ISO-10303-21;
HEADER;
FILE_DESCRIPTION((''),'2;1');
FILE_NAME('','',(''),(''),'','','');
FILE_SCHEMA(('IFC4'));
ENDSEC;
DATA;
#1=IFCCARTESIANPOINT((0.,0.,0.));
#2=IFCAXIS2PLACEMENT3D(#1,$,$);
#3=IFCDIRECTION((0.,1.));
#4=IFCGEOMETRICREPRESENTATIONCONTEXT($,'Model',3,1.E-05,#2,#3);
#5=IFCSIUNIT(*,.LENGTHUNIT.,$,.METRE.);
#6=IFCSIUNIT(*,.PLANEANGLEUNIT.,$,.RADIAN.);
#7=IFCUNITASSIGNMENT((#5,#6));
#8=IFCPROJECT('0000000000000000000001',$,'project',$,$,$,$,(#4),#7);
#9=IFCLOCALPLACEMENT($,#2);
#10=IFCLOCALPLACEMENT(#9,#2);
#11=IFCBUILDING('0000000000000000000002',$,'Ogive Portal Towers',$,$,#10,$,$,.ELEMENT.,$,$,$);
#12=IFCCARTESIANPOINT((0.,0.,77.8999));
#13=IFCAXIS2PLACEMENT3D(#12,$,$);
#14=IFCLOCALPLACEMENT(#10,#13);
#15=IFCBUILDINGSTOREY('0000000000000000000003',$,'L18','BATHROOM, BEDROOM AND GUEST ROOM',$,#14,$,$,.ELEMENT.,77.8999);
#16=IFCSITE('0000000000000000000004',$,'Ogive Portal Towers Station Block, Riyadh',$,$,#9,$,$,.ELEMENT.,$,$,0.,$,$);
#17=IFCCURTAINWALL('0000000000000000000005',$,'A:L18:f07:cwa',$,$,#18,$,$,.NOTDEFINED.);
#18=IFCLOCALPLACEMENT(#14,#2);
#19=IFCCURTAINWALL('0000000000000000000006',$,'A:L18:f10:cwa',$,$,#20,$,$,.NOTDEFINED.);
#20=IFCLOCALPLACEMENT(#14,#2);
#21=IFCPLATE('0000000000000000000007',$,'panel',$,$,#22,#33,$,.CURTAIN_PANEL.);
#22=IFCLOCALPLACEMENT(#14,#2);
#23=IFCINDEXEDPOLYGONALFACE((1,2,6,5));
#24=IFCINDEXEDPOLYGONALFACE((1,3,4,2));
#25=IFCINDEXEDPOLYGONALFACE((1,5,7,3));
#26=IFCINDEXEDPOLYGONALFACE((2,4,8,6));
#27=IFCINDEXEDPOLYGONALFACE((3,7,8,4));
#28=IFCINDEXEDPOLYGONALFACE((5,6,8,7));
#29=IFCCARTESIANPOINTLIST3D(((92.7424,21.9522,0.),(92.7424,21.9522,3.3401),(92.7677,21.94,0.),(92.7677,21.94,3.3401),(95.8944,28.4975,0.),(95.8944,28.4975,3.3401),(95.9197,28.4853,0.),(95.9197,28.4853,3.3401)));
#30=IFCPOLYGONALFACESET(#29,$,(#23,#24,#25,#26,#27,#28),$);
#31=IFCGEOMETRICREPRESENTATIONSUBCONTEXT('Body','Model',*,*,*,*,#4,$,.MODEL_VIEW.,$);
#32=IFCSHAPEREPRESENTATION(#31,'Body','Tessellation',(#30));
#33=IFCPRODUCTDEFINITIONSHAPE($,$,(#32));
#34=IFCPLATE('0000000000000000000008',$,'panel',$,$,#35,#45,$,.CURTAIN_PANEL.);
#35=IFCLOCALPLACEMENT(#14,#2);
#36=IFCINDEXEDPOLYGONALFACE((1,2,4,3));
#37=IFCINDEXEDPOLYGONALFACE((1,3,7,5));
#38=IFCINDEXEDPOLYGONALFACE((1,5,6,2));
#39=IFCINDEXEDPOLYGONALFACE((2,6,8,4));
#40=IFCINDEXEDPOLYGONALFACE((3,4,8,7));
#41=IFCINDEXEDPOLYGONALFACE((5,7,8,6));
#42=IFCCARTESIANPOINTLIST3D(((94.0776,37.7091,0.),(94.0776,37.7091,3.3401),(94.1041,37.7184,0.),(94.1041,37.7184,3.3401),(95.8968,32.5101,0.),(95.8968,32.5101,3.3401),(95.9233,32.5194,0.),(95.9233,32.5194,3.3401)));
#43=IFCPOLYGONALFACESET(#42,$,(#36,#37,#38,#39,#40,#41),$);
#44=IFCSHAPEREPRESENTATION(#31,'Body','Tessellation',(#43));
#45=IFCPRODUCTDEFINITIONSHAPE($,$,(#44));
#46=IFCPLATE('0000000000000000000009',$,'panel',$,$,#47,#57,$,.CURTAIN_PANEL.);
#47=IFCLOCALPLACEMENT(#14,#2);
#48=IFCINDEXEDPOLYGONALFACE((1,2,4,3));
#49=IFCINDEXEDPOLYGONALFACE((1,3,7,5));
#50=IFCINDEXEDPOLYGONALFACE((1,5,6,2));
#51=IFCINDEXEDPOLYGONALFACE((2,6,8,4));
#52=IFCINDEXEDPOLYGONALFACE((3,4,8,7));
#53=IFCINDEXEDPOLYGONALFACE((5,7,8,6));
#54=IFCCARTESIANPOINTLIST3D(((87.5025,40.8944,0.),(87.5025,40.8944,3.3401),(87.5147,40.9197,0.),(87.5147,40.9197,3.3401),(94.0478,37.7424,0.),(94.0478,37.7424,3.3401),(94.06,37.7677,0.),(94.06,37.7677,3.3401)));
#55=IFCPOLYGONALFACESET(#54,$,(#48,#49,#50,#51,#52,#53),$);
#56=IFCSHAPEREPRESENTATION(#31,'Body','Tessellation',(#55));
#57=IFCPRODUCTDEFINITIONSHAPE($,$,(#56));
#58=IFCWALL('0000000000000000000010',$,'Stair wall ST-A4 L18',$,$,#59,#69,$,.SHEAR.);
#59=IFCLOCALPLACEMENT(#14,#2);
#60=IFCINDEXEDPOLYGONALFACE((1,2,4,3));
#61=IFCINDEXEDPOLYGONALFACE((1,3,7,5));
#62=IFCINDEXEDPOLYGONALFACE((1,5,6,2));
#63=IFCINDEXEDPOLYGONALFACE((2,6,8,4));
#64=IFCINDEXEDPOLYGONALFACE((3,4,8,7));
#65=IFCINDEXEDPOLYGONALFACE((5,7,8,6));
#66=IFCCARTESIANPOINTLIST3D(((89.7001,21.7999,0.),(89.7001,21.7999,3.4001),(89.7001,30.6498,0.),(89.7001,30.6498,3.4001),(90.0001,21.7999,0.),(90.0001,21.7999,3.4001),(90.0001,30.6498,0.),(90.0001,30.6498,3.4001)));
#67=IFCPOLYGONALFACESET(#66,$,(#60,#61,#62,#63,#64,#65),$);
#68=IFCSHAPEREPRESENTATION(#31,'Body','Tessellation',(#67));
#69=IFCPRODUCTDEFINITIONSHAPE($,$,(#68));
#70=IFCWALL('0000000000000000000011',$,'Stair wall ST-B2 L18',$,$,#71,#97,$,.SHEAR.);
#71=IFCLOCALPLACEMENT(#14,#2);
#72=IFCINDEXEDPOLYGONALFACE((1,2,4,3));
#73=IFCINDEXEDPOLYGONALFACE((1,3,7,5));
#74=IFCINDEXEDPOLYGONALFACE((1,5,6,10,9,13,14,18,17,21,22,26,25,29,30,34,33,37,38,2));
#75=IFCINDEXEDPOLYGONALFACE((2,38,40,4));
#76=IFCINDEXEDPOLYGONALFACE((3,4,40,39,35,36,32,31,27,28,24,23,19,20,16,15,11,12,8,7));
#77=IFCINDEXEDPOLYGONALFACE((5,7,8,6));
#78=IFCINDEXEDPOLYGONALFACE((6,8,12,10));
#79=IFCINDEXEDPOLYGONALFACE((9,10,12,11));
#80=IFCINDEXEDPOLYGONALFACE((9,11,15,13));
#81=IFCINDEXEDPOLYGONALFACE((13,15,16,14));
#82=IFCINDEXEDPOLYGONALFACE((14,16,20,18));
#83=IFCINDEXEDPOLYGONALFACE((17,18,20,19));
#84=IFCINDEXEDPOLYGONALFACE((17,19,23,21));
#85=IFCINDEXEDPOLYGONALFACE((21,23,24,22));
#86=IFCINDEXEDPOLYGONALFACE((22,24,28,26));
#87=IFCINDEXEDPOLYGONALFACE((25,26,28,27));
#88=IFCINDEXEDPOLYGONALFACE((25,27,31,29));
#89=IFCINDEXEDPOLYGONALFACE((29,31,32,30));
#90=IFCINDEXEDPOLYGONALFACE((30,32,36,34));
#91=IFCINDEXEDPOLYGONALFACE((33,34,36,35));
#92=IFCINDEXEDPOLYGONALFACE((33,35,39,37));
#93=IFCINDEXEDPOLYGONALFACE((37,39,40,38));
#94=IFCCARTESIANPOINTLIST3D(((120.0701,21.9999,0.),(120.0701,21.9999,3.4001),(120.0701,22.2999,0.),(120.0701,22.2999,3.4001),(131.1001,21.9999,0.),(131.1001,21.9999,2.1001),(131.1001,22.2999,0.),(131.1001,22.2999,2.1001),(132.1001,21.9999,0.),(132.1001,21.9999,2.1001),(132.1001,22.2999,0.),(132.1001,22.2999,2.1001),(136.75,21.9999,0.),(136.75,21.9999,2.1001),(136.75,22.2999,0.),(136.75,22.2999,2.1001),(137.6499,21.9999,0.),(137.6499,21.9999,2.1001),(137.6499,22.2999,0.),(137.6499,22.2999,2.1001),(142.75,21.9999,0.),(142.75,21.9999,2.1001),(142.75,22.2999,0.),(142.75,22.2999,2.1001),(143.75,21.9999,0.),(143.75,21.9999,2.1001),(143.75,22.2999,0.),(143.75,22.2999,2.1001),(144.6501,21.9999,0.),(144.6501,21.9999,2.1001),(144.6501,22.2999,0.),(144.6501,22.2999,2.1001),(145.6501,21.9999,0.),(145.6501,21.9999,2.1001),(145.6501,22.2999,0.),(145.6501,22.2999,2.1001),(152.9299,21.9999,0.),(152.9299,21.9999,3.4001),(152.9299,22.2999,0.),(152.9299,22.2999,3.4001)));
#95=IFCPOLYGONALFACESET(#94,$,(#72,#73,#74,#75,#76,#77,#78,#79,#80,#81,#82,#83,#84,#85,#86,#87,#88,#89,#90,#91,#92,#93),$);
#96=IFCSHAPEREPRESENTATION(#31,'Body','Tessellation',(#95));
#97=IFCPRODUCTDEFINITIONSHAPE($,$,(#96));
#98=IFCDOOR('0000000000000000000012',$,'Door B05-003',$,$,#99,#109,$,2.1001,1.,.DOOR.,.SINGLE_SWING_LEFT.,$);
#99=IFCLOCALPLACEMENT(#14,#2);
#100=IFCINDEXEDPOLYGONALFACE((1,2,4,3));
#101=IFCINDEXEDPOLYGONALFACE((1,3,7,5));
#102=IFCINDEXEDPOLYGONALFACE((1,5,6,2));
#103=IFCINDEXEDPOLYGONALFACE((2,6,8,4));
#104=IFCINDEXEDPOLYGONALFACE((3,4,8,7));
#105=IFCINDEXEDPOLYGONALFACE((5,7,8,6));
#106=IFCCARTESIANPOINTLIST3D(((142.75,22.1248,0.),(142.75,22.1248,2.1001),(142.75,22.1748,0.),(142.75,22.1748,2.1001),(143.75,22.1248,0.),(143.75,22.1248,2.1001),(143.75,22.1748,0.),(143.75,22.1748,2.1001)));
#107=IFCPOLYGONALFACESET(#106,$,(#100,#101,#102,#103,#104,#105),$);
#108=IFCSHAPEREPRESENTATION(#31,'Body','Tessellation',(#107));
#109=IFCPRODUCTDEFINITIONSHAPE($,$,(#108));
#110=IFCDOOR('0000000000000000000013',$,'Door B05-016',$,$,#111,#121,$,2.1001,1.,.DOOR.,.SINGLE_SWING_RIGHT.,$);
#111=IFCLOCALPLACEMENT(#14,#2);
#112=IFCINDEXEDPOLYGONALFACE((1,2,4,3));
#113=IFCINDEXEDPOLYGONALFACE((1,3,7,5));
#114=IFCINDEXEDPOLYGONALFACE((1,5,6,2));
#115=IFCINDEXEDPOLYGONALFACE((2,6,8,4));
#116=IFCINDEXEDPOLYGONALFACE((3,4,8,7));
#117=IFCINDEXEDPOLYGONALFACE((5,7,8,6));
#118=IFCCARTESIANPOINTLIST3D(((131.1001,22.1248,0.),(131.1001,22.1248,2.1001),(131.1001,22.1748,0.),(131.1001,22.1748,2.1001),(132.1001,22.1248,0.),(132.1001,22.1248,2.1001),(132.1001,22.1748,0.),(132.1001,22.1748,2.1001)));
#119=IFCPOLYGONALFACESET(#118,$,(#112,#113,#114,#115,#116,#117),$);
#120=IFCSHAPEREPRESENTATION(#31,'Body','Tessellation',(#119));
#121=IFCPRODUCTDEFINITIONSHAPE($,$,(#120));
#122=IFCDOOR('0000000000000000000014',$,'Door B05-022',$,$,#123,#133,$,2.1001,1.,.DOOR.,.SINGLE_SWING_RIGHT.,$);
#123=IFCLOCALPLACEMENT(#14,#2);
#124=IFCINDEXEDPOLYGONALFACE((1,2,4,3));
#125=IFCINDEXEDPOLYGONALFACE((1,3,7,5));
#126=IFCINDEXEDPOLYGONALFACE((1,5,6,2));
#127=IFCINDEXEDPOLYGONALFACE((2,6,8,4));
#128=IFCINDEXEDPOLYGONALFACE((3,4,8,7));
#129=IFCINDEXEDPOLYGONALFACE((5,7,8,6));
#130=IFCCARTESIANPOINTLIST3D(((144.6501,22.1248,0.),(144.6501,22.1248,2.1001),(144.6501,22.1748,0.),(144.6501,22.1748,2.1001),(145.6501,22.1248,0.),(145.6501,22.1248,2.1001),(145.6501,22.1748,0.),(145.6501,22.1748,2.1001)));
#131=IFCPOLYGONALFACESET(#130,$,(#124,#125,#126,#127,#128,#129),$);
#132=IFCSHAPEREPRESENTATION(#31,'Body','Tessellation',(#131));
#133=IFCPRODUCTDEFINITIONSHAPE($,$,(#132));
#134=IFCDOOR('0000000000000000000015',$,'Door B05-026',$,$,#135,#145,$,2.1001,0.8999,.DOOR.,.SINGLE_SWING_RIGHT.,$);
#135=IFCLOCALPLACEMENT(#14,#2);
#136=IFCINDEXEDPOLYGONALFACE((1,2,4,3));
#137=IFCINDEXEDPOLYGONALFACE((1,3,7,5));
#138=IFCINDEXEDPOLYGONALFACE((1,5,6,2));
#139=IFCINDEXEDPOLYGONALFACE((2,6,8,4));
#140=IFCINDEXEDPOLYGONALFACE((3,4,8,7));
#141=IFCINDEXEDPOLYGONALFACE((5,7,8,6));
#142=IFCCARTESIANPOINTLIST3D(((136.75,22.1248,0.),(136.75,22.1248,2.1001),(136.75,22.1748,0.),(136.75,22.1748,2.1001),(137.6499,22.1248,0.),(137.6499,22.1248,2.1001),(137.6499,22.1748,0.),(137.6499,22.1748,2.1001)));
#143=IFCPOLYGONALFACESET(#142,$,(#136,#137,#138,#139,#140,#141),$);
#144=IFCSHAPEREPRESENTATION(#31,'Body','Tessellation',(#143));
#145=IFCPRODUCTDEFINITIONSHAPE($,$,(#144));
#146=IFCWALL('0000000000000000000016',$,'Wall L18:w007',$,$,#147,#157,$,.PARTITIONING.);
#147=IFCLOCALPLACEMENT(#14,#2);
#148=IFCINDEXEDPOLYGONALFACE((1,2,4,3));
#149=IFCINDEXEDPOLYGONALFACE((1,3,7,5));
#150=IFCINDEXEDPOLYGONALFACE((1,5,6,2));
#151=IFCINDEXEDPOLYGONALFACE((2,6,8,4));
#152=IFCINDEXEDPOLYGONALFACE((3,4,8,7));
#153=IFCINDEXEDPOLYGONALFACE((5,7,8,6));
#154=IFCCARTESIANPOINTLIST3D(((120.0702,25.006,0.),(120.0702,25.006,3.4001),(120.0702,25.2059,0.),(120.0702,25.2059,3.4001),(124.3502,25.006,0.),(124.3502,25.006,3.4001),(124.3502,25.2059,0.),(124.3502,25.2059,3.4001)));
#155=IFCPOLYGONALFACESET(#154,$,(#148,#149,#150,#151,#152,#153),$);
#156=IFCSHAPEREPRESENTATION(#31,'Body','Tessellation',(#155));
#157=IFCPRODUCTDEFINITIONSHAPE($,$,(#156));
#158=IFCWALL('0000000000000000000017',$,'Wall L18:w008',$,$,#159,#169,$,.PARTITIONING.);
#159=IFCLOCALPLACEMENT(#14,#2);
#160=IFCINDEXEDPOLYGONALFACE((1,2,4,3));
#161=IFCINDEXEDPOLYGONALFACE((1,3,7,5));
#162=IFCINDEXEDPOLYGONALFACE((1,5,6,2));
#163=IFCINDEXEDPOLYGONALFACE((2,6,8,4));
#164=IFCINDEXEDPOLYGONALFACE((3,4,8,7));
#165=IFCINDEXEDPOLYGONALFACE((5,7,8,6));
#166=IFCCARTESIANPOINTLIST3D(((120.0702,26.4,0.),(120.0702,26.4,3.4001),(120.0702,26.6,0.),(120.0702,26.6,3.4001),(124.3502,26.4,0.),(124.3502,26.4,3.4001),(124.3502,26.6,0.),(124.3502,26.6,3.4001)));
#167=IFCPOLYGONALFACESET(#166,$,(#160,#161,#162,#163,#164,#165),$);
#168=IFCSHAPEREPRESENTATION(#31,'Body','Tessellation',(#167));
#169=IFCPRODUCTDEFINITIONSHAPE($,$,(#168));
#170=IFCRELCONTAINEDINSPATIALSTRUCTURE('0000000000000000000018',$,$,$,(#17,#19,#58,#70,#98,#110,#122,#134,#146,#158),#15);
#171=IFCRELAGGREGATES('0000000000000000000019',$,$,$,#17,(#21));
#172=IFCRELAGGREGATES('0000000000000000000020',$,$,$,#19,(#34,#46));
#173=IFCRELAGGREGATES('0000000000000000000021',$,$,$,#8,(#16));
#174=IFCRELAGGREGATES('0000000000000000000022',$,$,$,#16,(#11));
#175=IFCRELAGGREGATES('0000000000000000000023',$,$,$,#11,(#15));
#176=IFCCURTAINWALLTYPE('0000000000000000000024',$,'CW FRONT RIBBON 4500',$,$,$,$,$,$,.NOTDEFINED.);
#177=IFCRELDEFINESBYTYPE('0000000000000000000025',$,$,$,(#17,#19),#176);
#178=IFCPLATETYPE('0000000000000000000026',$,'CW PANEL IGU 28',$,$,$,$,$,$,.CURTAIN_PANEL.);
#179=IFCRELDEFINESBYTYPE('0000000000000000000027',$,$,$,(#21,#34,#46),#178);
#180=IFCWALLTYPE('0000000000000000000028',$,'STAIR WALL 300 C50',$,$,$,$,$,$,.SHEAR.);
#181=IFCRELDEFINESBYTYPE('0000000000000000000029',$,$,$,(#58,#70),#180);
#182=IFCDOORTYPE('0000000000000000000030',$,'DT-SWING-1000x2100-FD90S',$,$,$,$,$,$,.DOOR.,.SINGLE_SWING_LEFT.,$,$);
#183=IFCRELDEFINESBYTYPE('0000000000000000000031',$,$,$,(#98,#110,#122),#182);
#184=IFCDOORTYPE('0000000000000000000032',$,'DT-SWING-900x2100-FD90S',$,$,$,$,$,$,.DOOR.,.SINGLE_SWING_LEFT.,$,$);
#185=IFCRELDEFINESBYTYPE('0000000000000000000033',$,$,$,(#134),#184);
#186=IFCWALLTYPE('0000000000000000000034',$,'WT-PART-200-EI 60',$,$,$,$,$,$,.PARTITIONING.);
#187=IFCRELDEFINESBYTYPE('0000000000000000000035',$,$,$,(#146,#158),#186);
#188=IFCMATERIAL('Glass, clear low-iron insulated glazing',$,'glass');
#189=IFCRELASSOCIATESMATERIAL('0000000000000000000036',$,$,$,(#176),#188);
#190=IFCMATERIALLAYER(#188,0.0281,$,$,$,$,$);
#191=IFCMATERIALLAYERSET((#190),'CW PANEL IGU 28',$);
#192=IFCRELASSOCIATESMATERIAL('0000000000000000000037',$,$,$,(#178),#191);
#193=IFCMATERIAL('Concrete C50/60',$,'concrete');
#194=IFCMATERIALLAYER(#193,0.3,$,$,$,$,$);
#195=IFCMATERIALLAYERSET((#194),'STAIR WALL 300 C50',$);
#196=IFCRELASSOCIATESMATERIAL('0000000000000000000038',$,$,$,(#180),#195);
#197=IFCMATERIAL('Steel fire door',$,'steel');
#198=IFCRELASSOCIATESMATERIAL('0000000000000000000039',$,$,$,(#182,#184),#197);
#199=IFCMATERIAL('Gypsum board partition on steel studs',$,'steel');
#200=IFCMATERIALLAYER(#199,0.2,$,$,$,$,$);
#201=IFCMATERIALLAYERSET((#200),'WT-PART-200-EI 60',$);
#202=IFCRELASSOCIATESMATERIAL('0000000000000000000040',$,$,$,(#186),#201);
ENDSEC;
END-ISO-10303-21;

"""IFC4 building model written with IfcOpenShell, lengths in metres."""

from ifc_helpers import new_model, si_unit, direction, frame, frame_2d, origin, origin_2d, place, context, subcontext, project, spatial, rectangle, extrude, material, layer, layer_set, type_object, element, fill, aggregate, save


model = new_model("IFC4")

# Units and contexts
model_context = context("Model", 3, precision=1e-05, world=origin(), true_north=direction((0.0, 1.0)))
body_context = subcontext(model_context, "Body", "Model", "MODEL_VIEW")
ifc_project = project(units=[si_unit("LENGTHUNIT", "METRE"), si_unit("PLANEANGLEUNIT", "RADIAN")], contexts=[model_context])

# Site, building, storey
site_placement = place(None, origin())
site = spatial("IfcSite", under=ifc_project, at=site_placement, Name="Ogive Portal Towers Station Block, Riyadh", CompositionType="ELEMENT", RefElevation=0.0)
building_placement = place(site_placement, origin())
building = spatial("IfcBuilding", under=site, at=building_placement, Name="Ogive Portal Towers", CompositionType="ELEMENT")
storey_placement = place(building_placement, frame((0.0, 0.0, 77.8999)))
storey = spatial("IfcBuildingStorey", under=building, at=storey_placement, Name="L18", Description="BATHROOM, BEDROOM AND GUEST ROOM", CompositionType="ELEMENT", Elevation=77.8999)

# Shared definitions
ifc_material_1 = material(Name="Glass, clear low-iron insulated glazing", Category="glass")
curtain_wall_type = type_object("IfcCurtainWallType", Name="CW FRONT RIBBON 4500", PredefinedType="NOTDEFINED", material=ifc_material_1)

# Curtain walls
curtain_wall_1_placement = place(storey_placement, origin())
curtain_wall_1 = element("IfcCurtainWall", 1, at=curtain_wall_1_placement, inside=storey, type_object=curtain_wall_type, Name="A:L18:f07:cwa", PredefinedType="NOTDEFINED")
curtain_wall_2_placement = place(storey_placement, origin())
curtain_wall_2 = element("IfcCurtainWall", 2, at=curtain_wall_2_placement, inside=storey, type_object=curtain_wall_type, Name="A:L18:f10:cwa", PredefinedType="NOTDEFINED")

# Plates
ifc_layer_1 = layer(ifc_material_1, 0.0281)
ifc_layer_set_1 = layer_set([ifc_layer_1], Name="CW PANEL IGU 28")
plate_type = type_object("IfcPlateType", Name="CW PANEL IGU 28", PredefinedType="CURTAIN_PANEL", material=ifc_layer_set_1)
plate_1_placement = place(storey_placement, frame((94.3311, 25.2188, 0.0), z_axis=(0.0, 0.0, 1.0), x_axis=(0.433884, 0.900969, 0.0)))
plate_1 = element("IfcPlate", 3, at=plate_1_placement, type_object=plate_type, Name="panel", PredefinedType="CURTAIN_PANEL", context=body_context, shape_type="SweptSolid", body=[
    extrude(rectangle(XDim=7.2646, YDim=0.0281, at=origin_2d()), origin(), (0.0, 0.0, 1.0), 3.3401),
])
aggregate(curtain_wall_1, [plate_1])
plate_2_placement = place(storey_placement, frame((95.0005, 35.1143, 0.0), z_axis=(0.0, 0.0, 1.0), x_axis=(-0.330279, 0.943883, 0.0)))
plate_2 = element("IfcPlate", 4, at=plate_2_placement, type_object=plate_type, Name="panel", PredefinedType="CURTAIN_PANEL", context=body_context, shape_type="SweptSolid", body=[
    extrude(rectangle(XDim=5.5081, YDim=0.0281, at=origin_2d()), origin(), (0.0, 0.0, 1.0), 3.3401),
])
plate_3_placement = place(storey_placement, frame((90.7812, 39.3311, 0.0), z_axis=(0.0, 0.0, 1.0), x_axis=(-0.900969, 0.433884, 0.0)))
plate_3 = element("IfcPlate", 5, at=plate_3_placement, type_object=plate_type, Name="panel", PredefinedType="CURTAIN_PANEL", context=body_context, shape_type="SweptSolid", body=[
    extrude(rectangle(XDim=7.2646, YDim=0.0281, at=origin_2d()), origin(), (0.0, 0.0, 1.0), 3.3401),
])
aggregate(curtain_wall_2, [plate_2, plate_3])

# Wall
ifc_material_2 = material(Name="Concrete C50/60", Category="concrete")
ifc_layer_2 = layer(ifc_material_2, 0.3)
ifc_layer_set_2 = layer_set([ifc_layer_2], Name="STAIR WALL 300 C50")
wall_type_1 = type_object("IfcWallType", Name="STAIR WALL 300 C50", PredefinedType="SHEAR", material=ifc_layer_set_2)
wall_1_placement = place(storey_placement, frame((89.8501, 21.8, 0.0), z_axis=(0.0, 0.0, 1.0), x_axis=(0.0, 1.0, 0.0)))
element("IfcWall", 6, at=wall_1_placement, inside=storey, type_object=wall_type_1, Name="Stair wall ST-A4 L18", PredefinedType="SHEAR", context=body_context, shape_type="SweptSolid", body=[
    extrude(rectangle(XDim=8.8499, YDim=0.3, at=frame_2d((4.4248, 0.0))), origin(), (0.0, 0.0, 1.0), 3.4001),
])

# Wall, openings, doors
wall_2_placement = place(storey_placement, frame((120.0701, 22.1499, 0.0), z_axis=(0.0, 0.0, 1.0), x_axis=(1.0, 0.0, 0.0)))
wall_2 = element("IfcWall", 7, at=wall_2_placement, inside=storey, type_object=wall_type_1, Name="Stair wall ST-B2 L18", PredefinedType="SHEAR", context=body_context, shape_type="SweptSolid", body=[
    extrude(rectangle(XDim=32.8599, YDim=0.3, at=frame_2d((16.4299, 0.0))), origin(), (0.0, 0.0, 1.0), 3.4001),
])
opening_1_placement = place(wall_2_placement, frame((22.6799, 0.0, 0.0)))
opening_1 = element("IfcOpeningElement", 8, at=opening_1_placement, cuts=wall_2, PredefinedType="OPENING", context=body_context, shape_type="SweptSolid", body=[
    extrude(rectangle(XDim=1.0, YDim=2.1001, at=frame_2d((0.5, 1.05))), frame((0.0, 0.1602, 0.0), z_axis=(0.0, -1.0, 0.0), x_axis=(1.0, 0.0, 0.0)), (0.0, 0.0, 1.0), 0.3201),
])
opening_2_placement = place(wall_2_placement, frame((11.03, 0.0, 0.0)))
opening_2 = element("IfcOpeningElement", 9, at=opening_2_placement, cuts=wall_2, PredefinedType="OPENING", context=body_context, shape_type="SweptSolid", body=[
    extrude(rectangle(XDim=1.0, YDim=2.1001, at=frame_2d((0.5, 1.05))), frame((0.0, 0.1602, 0.0), z_axis=(0.0, -1.0, 0.0), x_axis=(1.0, 0.0, 0.0)), (0.0, 0.0, 1.0), 0.3201),
])
opening_3_placement = place(wall_2_placement, frame((24.5801, 0.0, 0.0)))
opening_3 = element("IfcOpeningElement", 10, at=opening_3_placement, cuts=wall_2, PredefinedType="OPENING", context=body_context, shape_type="SweptSolid", body=[
    extrude(rectangle(XDim=1.0, YDim=2.1001, at=frame_2d((0.5, 1.05))), frame((0.0, 0.1602, 0.0), z_axis=(0.0, -1.0, 0.0), x_axis=(1.0, 0.0, 0.0)), (0.0, 0.0, 1.0), 0.3201),
])
opening_4_placement = place(wall_2_placement, frame((16.6799, 0.0, 0.0)))
opening_4 = element("IfcOpeningElement", 11, at=opening_4_placement, cuts=wall_2, PredefinedType="OPENING", context=body_context, shape_type="SweptSolid", body=[
    extrude(rectangle(XDim=0.8999, YDim=2.1001, at=frame_2d((0.45, 1.05))), frame((0.0, 0.1602, 0.0), z_axis=(0.0, -1.0, 0.0), x_axis=(1.0, 0.0, 0.0)), (0.0, 0.0, 1.0), 0.3201),
])
ifc_material_3 = material(Name="Steel fire door", Category="steel")
door_type_1 = type_object("IfcDoorType", Name="DT-SWING-1000x2100-FD90S", OperationType="SINGLE_SWING_LEFT", PredefinedType="DOOR", material=ifc_material_3)
door_1_placement = place(opening_1_placement, origin())
door_1 = element("IfcDoor", 12, at=door_1_placement, inside=storey, type_object=door_type_1, Name="Door B05-003", OperationType="SINGLE_SWING_LEFT", OverallHeight=2.1001, OverallWidth=1.0, PredefinedType="DOOR", context=body_context, shape_type="SweptSolid", body=[
    extrude(rectangle(XDim=1.0, YDim=2.1001, at=frame_2d((0.5, 1.05))), frame((0.0, 0.0249, 0.0), z_axis=(0.0, -1.0, 0.0), x_axis=(1.0, 0.0, 0.0)), (0.0, 0.0, 1.0), 0.05),
])
fill(opening_1, door_1)
door_2_placement = place(opening_2_placement, origin())
door_2 = element("IfcDoor", 13, at=door_2_placement, inside=storey, type_object=door_type_1, Name="Door B05-016", OperationType="SINGLE_SWING_RIGHT", OverallHeight=2.1001, OverallWidth=1.0, PredefinedType="DOOR", context=body_context, shape_type="SweptSolid", body=[
    extrude(rectangle(XDim=1.0, YDim=2.1001, at=frame_2d((0.5, 1.05))), frame((0.0, 0.0249, 0.0), z_axis=(0.0, -1.0, 0.0), x_axis=(1.0, 0.0, 0.0)), (0.0, 0.0, 1.0), 0.05),
])
fill(opening_2, door_2)
door_3_placement = place(opening_3_placement, origin())
door_3 = element("IfcDoor", 14, at=door_3_placement, inside=storey, type_object=door_type_1, Name="Door B05-022", OperationType="SINGLE_SWING_RIGHT", OverallHeight=2.1001, OverallWidth=1.0, PredefinedType="DOOR", context=body_context, shape_type="SweptSolid", body=[
    extrude(rectangle(XDim=1.0, YDim=2.1001, at=frame_2d((0.5, 1.05))), frame((0.0, 0.0249, 0.0), z_axis=(0.0, -1.0, 0.0), x_axis=(1.0, 0.0, 0.0)), (0.0, 0.0, 1.0), 0.05),
])
fill(opening_3, door_3)
door_type_2 = type_object("IfcDoorType", Name="DT-SWING-900x2100-FD90S", OperationType="SINGLE_SWING_LEFT", PredefinedType="DOOR", material=ifc_material_3)
door_4_placement = place(opening_4_placement, origin())
door_4 = element("IfcDoor", 15, at=door_4_placement, inside=storey, type_object=door_type_2, Name="Door B05-026", OperationType="SINGLE_SWING_RIGHT", OverallHeight=2.1001, OverallWidth=0.8999, PredefinedType="DOOR", context=body_context, shape_type="SweptSolid", body=[
    extrude(rectangle(XDim=0.8999, YDim=2.1001, at=frame_2d((0.45, 1.05))), frame((0.0, 0.0249, 0.0), z_axis=(0.0, -1.0, 0.0), x_axis=(1.0, 0.0, 0.0)), (0.0, 0.0, 1.0), 0.05),
])
fill(opening_4, door_4)

# Walls
ifc_material_4 = material(Name="Gypsum board partition on steel studs", Category="steel")
ifc_layer_3 = layer(ifc_material_4, 0.2)
ifc_layer_set_3 = layer_set([ifc_layer_3], Name="WT-PART-200-EI 60")
wall_type_2 = type_object("IfcWallType", Name="WT-PART-200-EI 60", PredefinedType="PARTITIONING", material=ifc_layer_set_3)
for number, where, z_axis, x_axis, name in (
    (16, (120.0701, 25.106, 0.0), (0.0, 0.0, 1.0), (1.0, 0.0, 0.0), "Wall L18:w007"),
    (17, (120.0701, 26.5, 0.0), (0.0, 0.0, 1.0), (1.0, 0.0, 0.0), "Wall L18:w008"),
):
    element("IfcWall", number, at=place(storey_placement, frame(where, z_axis=z_axis, x_axis=x_axis)), inside=storey, type_object=wall_type_2, Name=name, PredefinedType="PARTITIONING", context=body_context, shape_type="SweptSolid", body=[
        extrude(rectangle(XDim=4.28, YDim=0.2, at=frame_2d((2.1401, 0.0))), origin(), (0.0, 0.0, 1.0), 3.4001),
    ])

save(model, "model.ifc")
